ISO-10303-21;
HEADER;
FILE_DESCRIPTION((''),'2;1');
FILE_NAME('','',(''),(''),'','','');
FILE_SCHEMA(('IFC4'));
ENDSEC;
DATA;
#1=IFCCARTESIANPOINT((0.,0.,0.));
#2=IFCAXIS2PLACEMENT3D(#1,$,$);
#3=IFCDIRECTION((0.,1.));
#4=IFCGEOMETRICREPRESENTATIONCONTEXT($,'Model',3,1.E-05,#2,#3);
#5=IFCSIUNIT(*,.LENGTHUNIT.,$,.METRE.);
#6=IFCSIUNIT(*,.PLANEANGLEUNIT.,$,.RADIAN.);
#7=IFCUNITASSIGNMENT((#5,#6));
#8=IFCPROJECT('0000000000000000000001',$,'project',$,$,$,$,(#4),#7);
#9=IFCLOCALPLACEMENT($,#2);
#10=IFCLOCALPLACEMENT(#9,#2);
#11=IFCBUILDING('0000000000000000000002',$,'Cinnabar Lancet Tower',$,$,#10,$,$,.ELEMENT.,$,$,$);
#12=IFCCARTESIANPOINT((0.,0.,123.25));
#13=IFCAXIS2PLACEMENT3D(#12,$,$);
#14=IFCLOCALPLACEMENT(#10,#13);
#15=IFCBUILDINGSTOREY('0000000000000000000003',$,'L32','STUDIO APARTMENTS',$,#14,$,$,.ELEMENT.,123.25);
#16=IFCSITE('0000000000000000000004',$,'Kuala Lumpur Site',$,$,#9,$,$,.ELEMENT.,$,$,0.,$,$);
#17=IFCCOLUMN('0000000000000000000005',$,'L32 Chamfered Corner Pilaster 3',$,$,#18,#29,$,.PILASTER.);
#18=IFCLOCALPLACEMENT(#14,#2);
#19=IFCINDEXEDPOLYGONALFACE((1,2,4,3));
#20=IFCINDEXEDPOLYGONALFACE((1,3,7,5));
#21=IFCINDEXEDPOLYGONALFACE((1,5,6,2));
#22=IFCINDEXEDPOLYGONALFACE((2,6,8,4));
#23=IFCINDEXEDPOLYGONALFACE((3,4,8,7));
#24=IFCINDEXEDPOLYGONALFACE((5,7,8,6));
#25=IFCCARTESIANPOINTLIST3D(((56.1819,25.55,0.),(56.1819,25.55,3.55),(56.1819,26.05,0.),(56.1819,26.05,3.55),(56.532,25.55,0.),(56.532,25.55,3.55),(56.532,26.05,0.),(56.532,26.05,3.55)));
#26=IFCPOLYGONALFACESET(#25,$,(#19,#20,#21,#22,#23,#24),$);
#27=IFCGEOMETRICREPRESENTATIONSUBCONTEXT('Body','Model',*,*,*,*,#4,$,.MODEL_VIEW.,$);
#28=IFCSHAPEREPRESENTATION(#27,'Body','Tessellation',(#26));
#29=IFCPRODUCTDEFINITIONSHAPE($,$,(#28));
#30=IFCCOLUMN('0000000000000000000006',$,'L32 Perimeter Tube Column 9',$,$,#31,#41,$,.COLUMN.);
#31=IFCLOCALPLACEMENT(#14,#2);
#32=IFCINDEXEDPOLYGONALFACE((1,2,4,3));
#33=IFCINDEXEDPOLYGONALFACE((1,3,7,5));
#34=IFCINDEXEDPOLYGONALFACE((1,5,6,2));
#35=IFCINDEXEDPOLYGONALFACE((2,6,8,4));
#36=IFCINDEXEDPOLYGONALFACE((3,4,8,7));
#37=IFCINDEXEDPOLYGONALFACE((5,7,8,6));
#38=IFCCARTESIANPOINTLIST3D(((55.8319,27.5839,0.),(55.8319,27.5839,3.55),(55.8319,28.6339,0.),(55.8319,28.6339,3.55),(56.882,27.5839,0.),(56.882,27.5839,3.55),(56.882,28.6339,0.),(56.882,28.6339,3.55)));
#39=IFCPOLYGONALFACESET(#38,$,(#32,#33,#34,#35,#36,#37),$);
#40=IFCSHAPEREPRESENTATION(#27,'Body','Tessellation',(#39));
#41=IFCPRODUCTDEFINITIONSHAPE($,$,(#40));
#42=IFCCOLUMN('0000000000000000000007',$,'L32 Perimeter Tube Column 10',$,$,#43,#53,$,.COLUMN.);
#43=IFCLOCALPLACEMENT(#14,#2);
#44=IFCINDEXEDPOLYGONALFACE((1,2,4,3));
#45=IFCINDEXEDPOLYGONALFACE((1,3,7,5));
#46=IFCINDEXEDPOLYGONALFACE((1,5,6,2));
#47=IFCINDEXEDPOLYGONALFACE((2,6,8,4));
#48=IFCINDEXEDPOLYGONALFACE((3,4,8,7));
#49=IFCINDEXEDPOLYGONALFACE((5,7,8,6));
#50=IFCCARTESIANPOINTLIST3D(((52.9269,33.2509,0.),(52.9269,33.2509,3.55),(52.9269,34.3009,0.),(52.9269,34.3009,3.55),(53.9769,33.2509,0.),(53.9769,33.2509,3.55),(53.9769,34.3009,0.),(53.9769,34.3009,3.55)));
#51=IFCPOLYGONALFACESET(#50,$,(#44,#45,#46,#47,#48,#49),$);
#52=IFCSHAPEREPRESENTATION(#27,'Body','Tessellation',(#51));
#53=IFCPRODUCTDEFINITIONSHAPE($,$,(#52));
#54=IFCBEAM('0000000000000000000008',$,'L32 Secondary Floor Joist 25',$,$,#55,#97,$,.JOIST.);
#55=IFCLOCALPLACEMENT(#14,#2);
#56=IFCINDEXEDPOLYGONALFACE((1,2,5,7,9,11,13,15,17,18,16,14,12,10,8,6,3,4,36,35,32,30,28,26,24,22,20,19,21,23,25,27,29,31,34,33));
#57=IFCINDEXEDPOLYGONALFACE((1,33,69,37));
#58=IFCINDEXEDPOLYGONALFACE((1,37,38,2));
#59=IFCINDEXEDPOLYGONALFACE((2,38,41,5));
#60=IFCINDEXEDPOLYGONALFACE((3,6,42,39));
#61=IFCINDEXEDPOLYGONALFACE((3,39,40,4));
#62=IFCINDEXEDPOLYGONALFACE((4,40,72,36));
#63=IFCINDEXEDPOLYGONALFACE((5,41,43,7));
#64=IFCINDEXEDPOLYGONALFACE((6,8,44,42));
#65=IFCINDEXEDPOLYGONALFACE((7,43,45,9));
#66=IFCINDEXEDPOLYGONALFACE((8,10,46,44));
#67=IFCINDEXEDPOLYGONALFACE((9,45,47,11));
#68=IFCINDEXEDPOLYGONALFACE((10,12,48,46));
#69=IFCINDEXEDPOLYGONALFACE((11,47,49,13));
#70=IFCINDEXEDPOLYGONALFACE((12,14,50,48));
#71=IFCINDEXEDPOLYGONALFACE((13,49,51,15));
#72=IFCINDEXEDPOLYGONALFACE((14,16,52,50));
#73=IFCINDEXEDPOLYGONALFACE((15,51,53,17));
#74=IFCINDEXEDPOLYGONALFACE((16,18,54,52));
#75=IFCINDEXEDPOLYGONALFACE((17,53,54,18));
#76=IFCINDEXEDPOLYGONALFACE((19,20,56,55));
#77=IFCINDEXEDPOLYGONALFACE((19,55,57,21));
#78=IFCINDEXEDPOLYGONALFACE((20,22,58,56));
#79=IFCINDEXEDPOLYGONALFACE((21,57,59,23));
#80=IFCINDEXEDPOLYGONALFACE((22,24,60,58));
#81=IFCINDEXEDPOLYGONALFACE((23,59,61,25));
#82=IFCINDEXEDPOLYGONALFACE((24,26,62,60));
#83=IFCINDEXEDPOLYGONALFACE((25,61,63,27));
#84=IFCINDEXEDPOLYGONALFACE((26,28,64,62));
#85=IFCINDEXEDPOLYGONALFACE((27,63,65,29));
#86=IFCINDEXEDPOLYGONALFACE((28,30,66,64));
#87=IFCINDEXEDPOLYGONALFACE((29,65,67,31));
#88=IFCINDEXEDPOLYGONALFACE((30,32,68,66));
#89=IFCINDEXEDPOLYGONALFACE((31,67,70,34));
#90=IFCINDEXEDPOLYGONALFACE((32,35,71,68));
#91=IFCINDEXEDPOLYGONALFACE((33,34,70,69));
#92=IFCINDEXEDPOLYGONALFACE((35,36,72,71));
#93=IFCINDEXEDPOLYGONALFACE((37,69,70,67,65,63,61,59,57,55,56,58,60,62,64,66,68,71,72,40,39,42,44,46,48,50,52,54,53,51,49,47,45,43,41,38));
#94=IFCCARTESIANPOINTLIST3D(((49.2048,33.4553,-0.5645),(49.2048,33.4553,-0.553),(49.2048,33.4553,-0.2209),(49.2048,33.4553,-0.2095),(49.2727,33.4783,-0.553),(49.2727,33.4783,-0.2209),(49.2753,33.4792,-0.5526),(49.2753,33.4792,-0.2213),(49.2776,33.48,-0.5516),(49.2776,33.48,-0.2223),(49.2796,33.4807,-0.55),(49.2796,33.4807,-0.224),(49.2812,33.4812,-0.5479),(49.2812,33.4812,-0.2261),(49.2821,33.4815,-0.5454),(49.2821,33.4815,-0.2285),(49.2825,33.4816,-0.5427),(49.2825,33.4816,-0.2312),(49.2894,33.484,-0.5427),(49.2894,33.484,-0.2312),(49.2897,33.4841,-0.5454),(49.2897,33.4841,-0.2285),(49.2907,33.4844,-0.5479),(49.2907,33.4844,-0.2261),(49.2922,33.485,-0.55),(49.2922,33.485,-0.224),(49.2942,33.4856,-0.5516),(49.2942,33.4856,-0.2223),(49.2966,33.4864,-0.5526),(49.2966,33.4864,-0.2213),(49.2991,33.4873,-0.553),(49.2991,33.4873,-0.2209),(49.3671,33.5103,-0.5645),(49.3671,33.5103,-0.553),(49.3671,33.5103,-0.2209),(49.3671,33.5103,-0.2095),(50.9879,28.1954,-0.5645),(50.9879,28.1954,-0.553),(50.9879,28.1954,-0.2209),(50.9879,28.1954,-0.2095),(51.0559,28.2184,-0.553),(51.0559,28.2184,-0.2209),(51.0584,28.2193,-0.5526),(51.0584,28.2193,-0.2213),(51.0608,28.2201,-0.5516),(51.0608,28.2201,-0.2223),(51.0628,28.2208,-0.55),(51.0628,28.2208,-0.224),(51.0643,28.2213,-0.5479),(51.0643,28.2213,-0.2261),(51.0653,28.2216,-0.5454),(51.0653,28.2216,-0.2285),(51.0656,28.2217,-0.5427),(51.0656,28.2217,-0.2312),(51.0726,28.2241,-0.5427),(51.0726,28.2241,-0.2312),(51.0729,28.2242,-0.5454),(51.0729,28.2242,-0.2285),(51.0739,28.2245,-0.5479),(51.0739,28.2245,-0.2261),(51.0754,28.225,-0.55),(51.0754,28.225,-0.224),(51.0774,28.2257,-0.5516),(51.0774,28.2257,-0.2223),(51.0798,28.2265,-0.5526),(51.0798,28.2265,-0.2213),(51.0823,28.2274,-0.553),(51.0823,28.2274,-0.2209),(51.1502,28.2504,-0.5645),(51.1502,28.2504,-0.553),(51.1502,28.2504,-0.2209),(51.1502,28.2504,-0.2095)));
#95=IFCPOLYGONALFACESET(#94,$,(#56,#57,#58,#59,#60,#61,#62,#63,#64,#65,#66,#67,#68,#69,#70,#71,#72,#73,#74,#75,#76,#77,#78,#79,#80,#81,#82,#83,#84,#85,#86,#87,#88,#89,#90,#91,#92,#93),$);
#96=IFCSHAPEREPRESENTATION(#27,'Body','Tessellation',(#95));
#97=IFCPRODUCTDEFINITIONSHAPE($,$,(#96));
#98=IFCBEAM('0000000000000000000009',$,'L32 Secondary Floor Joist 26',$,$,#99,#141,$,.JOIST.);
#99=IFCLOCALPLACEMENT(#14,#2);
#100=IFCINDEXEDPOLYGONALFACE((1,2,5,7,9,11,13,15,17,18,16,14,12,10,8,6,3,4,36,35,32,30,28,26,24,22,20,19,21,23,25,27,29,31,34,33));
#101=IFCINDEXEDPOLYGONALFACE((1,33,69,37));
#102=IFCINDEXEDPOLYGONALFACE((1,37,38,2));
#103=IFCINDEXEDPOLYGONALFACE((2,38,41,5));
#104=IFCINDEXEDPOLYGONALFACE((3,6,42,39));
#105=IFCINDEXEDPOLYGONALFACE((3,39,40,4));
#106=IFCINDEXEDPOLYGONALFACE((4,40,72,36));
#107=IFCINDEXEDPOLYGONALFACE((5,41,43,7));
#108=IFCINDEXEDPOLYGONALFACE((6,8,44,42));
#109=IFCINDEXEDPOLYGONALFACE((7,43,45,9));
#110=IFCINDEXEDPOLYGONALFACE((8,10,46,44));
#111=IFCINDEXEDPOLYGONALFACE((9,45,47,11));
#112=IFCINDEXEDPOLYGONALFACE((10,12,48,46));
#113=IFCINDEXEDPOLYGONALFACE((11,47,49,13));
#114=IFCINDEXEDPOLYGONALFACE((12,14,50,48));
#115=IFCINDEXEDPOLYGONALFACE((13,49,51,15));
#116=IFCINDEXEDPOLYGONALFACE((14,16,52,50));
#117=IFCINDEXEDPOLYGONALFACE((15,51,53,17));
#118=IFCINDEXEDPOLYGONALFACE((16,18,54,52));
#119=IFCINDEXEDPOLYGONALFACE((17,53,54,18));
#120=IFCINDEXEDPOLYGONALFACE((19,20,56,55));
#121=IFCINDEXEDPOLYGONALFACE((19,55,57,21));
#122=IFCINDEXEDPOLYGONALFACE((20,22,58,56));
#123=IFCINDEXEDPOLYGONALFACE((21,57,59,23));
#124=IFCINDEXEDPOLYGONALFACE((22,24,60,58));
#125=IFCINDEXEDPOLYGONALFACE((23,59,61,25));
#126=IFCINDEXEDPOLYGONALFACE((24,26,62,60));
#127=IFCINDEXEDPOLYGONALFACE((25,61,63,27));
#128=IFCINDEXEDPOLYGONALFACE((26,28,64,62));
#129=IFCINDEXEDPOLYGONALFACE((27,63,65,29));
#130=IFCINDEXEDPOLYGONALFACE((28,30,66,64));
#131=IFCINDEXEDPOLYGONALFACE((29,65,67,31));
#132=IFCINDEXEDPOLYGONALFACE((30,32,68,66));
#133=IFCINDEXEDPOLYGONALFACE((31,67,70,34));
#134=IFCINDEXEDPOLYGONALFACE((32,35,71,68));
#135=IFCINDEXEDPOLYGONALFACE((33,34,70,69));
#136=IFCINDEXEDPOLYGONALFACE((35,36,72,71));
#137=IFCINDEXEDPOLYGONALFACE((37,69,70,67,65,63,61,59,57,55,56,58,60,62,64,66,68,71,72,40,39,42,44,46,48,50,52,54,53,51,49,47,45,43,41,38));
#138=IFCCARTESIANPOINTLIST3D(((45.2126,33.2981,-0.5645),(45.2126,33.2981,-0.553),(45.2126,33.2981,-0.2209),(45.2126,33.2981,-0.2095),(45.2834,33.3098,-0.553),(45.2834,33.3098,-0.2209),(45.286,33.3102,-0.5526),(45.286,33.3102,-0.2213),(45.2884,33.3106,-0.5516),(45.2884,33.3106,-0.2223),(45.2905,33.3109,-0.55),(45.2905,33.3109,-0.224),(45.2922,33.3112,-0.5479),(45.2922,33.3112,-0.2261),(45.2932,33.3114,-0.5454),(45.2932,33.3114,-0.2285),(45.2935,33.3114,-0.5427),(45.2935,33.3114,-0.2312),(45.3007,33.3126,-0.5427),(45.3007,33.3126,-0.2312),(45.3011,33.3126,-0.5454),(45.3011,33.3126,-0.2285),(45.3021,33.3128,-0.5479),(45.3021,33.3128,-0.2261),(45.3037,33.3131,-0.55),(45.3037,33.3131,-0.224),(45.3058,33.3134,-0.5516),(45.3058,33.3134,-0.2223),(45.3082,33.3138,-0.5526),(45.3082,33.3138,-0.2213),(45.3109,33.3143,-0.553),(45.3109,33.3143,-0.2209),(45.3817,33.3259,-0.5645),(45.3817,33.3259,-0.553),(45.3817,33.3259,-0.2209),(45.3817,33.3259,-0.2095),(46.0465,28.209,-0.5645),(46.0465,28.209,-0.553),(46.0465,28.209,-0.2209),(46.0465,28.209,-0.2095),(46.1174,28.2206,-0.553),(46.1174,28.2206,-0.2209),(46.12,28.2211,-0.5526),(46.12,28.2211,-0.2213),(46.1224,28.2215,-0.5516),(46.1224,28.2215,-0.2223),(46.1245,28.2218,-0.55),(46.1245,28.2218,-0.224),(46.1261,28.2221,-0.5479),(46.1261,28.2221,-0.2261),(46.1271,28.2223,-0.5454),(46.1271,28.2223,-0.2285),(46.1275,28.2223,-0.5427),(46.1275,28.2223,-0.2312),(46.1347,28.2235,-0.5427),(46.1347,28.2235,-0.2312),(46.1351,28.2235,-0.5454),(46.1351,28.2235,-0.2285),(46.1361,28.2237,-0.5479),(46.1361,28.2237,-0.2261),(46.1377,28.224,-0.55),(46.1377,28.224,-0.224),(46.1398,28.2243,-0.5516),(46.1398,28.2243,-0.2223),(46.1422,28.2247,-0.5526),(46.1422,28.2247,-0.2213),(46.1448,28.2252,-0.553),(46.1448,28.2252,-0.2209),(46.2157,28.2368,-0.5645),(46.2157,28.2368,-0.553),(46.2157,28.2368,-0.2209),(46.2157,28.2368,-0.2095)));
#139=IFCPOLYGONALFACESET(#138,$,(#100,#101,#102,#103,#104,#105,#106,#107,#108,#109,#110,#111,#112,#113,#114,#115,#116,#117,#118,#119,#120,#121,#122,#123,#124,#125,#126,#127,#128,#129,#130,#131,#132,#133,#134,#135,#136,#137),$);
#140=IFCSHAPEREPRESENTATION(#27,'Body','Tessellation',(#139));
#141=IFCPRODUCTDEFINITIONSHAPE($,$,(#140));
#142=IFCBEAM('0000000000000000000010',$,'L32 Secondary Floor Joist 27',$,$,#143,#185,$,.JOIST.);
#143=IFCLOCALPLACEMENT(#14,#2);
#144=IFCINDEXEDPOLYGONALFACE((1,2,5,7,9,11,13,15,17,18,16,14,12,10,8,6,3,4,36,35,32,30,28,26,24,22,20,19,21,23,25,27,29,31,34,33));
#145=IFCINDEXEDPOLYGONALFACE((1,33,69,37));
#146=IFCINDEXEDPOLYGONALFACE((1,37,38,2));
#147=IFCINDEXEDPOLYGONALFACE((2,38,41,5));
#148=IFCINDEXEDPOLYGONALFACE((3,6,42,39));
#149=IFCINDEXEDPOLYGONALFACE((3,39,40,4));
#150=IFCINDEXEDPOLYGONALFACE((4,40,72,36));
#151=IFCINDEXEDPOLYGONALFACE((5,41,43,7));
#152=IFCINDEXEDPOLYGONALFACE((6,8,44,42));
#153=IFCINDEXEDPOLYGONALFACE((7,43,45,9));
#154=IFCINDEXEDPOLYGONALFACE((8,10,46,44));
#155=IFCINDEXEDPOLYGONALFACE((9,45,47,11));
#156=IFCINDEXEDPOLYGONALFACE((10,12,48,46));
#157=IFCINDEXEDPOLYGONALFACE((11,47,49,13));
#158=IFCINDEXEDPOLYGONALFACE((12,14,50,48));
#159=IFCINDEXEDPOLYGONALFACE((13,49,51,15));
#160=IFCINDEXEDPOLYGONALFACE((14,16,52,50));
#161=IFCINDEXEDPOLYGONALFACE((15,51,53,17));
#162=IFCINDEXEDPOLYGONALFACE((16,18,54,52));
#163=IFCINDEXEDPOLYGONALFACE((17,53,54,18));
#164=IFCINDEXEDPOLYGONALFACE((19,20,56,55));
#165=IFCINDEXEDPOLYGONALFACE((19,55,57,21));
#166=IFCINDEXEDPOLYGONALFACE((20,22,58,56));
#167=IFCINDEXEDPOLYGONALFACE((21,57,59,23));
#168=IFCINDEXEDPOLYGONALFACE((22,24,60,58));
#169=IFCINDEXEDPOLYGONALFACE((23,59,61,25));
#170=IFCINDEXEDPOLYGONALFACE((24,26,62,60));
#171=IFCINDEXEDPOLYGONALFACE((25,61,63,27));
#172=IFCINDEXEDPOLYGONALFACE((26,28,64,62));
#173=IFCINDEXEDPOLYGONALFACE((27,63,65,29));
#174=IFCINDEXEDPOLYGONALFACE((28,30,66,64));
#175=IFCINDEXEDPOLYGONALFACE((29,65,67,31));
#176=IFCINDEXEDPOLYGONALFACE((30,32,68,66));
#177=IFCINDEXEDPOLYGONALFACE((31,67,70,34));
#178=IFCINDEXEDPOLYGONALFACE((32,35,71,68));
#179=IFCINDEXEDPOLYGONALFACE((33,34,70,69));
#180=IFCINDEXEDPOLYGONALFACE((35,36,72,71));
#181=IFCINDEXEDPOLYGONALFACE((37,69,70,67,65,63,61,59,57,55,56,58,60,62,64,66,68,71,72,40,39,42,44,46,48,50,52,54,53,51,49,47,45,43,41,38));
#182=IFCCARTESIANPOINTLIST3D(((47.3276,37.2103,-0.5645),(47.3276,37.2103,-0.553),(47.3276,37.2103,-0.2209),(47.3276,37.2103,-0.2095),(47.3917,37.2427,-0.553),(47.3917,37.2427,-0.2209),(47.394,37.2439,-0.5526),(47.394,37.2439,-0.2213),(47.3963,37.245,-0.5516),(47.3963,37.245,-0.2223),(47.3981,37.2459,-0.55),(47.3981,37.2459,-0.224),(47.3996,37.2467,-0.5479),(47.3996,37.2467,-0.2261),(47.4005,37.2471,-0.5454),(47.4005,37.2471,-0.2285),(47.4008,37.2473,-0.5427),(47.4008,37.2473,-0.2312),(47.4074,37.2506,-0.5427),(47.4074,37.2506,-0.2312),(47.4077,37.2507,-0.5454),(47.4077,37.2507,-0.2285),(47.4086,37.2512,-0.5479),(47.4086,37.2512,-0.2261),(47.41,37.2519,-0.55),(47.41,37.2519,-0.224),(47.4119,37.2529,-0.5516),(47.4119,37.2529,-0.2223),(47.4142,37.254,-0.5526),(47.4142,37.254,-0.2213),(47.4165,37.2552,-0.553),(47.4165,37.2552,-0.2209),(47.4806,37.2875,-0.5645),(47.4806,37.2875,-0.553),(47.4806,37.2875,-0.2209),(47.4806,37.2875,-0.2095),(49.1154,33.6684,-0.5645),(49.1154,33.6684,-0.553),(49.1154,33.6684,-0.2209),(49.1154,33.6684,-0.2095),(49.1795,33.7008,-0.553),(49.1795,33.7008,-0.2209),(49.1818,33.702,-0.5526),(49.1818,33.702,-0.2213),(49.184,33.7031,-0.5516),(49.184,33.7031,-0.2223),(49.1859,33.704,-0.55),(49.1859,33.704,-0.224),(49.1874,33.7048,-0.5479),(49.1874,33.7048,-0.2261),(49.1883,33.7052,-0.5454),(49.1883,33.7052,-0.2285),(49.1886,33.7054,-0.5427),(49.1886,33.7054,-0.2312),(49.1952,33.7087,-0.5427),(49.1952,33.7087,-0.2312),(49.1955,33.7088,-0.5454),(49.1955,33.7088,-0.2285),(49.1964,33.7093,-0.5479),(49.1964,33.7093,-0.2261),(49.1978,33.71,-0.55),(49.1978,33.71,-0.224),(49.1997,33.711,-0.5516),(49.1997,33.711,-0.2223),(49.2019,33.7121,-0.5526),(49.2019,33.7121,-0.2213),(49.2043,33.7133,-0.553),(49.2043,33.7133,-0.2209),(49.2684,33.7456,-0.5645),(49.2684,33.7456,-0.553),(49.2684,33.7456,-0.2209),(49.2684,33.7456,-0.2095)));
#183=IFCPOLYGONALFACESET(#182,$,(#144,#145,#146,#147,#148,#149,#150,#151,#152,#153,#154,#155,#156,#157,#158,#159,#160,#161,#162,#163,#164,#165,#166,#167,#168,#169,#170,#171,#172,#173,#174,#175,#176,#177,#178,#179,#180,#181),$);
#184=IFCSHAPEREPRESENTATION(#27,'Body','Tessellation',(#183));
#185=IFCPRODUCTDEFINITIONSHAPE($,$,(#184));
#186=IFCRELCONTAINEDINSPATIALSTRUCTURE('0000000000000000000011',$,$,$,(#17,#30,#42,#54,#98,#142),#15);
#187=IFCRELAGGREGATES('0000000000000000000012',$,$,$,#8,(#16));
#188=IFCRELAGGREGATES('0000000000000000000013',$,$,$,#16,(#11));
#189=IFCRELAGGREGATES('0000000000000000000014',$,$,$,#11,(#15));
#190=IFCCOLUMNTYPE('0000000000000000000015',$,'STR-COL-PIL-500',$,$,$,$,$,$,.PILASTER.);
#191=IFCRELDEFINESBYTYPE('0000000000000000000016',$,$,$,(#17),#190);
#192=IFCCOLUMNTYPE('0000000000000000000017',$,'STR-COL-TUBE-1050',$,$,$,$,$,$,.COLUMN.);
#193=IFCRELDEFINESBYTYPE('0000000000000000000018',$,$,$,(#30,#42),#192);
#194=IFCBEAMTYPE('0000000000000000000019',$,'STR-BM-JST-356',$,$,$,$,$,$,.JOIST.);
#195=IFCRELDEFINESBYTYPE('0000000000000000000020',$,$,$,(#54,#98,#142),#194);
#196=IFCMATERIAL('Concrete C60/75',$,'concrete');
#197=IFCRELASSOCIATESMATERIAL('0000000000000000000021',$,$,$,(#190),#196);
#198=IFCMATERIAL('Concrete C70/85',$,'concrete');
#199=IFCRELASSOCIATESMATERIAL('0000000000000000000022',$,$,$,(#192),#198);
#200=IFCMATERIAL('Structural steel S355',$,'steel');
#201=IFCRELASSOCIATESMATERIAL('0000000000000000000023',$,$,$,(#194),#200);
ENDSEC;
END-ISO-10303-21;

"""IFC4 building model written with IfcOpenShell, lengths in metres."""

from ifc_helpers import new_model, si_unit, direction, frame, origin, origin_2d, place, context, subcontext, project, spatial, rectangle, i_section, extrude, material, material_profile, profile_set, type_object, element, save


model = new_model("IFC4")

# Units and contexts
model_context = context("Model", 3, precision=1e-05, world=origin(), true_north=direction((0.0, 1.0)))
body_context = subcontext(model_context, "Body", "Model", "MODEL_VIEW")
ifc_project = project(units=[si_unit("LENGTHUNIT", "METRE"), si_unit("PLANEANGLEUNIT", "RADIAN")], contexts=[model_context])

# Site, building, storey
site_placement = place(None, origin())
site = spatial("IfcSite", under=ifc_project, at=site_placement, Name="Kuala Lumpur Site", CompositionType="ELEMENT", RefElevation=0.0)
building_placement = place(site_placement, origin())
building = spatial("IfcBuilding", under=site, at=building_placement, Name="Cinnabar Lancet Tower", CompositionType="ELEMENT")
storey_placement = place(building_placement, frame((0.0, 0.0, 123.25)))
storey = spatial("IfcBuildingStorey", under=building, at=storey_placement, Name="L32", Description="STUDIO APARTMENTS", CompositionType="ELEMENT", Elevation=123.25)

# Columns
ifc_material_1 = material(Name="Concrete C60/75", Category="concrete")
ifc_material_profile_1 = material_profile(ifc_material_1, rectangle(XDim=0.5, YDim=0.3501, at=origin_2d()), Name="RC-PIL 500x350")
ifc_profile_set_1 = profile_set([ifc_material_profile_1], Name="Concrete C60/75")
column_type_1 = type_object("IfcColumnType", Name="STR-COL-PIL-500", PredefinedType="PILASTER", material=ifc_profile_set_1)
column_placement = place(storey_placement, frame((56.3569, 25.8, 0.0), z_axis=(0.0, 0.0, 1.0), x_axis=(0.0, 1.0, 0.0)))
element("IfcColumn", 1, at=column_placement, inside=storey, type_object=column_type_1, Name="L32 Chamfered Corner Pilaster 3", PredefinedType="PILASTER", context=body_context, shape_type="SweptSolid", body=[
    extrude(rectangle(XDim=0.5, YDim=0.3501, at=origin_2d()), origin(), (0.0, 0.0, 1.0), 3.55),
])
ifc_material_2 = material(Name="Concrete C70/85", Category="concrete")
ifc_material_profile_2 = material_profile(ifc_material_2, rectangle(XDim=1.05, YDim=1.05, at=origin_2d()), Name="RC-COL 1050x1050")
ifc_profile_set_2 = profile_set([ifc_material_profile_2], Name="Concrete C70/85")
column_type_2 = type_object("IfcColumnType", Name="STR-COL-TUBE-1050", PredefinedType="COLUMN", material=ifc_profile_set_2)
for number, where, z_axis, x_axis, name in (
    (2, (56.3569, 28.1089, 0.0), (0.0, 0.0, 1.0), (1.0, 0.0, 0.0), "L32 Perimeter Tube Column 9"),
    (3, (53.4519, 33.7759, 0.0), (0.0, 0.0, 1.0), (1.0, 0.0, 0.0), "L32 Perimeter Tube Column 10"),
):
    element("IfcColumn", number, at=place(storey_placement, frame(where, z_axis=z_axis, x_axis=x_axis)), inside=storey, type_object=column_type_2, Name=name, PredefinedType="COLUMN", context=body_context, shape_type="SweptSolid", body=[
        extrude(rectangle(XDim=1.05, YDim=1.05, at=origin_2d()), origin(), (0.0, 0.0, 1.0), 3.55),
    ])

# Beams
ifc_material_3 = material(Name="Structural steel S355", Category="steel")
ifc_material_profile_3 = material_profile(ifc_material_3, i_section(OverallWidth=0.1714, OverallDepth=0.355, WebThickness=0.0073, FlangeThickness=0.0115, FilletRadius=0.0103, at=origin_2d()), Name="UKB 356x171x51")
ifc_profile_set_3 = profile_set([ifc_material_profile_3], Name="Structural steel S355")
beam_type_1 = type_object("IfcBeamType", Name="STR-BM-JST-356", PredefinedType="JOIST", material=ifc_profile_set_3)
beam_1_placement = place(storey_placement, frame((51.0691, 28.2229, -0.387), z_axis=(-0.321063, 0.947058, 0.0), x_axis=(-0.947058, -0.321063, 0.0)))
element("IfcBeam", 4, at=beam_1_placement, inside=storey, type_object=beam_type_1, Name="L32 Secondary Floor Joist 25", PredefinedType="JOIST", context=body_context, shape_type="SweptSolid", body=[
    extrude(i_section(OverallWidth=0.1714, OverallDepth=0.355, WebThickness=0.0073, FlangeThickness=0.0115, FilletRadius=0.0103, at=origin_2d()), origin(), (0.0, 0.0, 1.0), 5.554),
])
beam_2_placement = place(storey_placement, frame((46.1311, 28.2229, -0.387), z_axis=(-0.161719, 0.986837, 0.0), x_axis=(-0.986837, -0.161719, 0.0)))
element("IfcBeam", 5, at=beam_2_placement, inside=storey, type_object=beam_type_1, Name="L32 Secondary Floor Joist 26", PredefinedType="JOIST", context=body_context, shape_type="SweptSolid", body=[
    extrude(i_section(OverallWidth=0.1714, OverallDepth=0.355, WebThickness=0.0073, FlangeThickness=0.0115, FilletRadius=0.0103, at=origin_2d()), origin(), (0.0, 0.0, 1.0), 5.157),
])
beam_3_placement = place(storey_placement, frame((49.1919, 33.707, -0.387), z_axis=(-0.450607, 0.892722, 0.0), x_axis=(-0.892722, -0.450607, 0.0)))
element("IfcBeam", 6, at=beam_3_placement, inside=storey, type_object=beam_type_1, Name="L32 Secondary Floor Joist 27", PredefinedType="JOIST", context=body_context, shape_type="SweptSolid", body=[
    extrude(i_section(OverallWidth=0.1714, OverallDepth=0.355, WebThickness=0.0073, FlangeThickness=0.0115, FilletRadius=0.0103, at=origin_2d()), origin(), (0.0, 0.0, 1.0), 3.9675),
])

save(model, "model.ifc")
